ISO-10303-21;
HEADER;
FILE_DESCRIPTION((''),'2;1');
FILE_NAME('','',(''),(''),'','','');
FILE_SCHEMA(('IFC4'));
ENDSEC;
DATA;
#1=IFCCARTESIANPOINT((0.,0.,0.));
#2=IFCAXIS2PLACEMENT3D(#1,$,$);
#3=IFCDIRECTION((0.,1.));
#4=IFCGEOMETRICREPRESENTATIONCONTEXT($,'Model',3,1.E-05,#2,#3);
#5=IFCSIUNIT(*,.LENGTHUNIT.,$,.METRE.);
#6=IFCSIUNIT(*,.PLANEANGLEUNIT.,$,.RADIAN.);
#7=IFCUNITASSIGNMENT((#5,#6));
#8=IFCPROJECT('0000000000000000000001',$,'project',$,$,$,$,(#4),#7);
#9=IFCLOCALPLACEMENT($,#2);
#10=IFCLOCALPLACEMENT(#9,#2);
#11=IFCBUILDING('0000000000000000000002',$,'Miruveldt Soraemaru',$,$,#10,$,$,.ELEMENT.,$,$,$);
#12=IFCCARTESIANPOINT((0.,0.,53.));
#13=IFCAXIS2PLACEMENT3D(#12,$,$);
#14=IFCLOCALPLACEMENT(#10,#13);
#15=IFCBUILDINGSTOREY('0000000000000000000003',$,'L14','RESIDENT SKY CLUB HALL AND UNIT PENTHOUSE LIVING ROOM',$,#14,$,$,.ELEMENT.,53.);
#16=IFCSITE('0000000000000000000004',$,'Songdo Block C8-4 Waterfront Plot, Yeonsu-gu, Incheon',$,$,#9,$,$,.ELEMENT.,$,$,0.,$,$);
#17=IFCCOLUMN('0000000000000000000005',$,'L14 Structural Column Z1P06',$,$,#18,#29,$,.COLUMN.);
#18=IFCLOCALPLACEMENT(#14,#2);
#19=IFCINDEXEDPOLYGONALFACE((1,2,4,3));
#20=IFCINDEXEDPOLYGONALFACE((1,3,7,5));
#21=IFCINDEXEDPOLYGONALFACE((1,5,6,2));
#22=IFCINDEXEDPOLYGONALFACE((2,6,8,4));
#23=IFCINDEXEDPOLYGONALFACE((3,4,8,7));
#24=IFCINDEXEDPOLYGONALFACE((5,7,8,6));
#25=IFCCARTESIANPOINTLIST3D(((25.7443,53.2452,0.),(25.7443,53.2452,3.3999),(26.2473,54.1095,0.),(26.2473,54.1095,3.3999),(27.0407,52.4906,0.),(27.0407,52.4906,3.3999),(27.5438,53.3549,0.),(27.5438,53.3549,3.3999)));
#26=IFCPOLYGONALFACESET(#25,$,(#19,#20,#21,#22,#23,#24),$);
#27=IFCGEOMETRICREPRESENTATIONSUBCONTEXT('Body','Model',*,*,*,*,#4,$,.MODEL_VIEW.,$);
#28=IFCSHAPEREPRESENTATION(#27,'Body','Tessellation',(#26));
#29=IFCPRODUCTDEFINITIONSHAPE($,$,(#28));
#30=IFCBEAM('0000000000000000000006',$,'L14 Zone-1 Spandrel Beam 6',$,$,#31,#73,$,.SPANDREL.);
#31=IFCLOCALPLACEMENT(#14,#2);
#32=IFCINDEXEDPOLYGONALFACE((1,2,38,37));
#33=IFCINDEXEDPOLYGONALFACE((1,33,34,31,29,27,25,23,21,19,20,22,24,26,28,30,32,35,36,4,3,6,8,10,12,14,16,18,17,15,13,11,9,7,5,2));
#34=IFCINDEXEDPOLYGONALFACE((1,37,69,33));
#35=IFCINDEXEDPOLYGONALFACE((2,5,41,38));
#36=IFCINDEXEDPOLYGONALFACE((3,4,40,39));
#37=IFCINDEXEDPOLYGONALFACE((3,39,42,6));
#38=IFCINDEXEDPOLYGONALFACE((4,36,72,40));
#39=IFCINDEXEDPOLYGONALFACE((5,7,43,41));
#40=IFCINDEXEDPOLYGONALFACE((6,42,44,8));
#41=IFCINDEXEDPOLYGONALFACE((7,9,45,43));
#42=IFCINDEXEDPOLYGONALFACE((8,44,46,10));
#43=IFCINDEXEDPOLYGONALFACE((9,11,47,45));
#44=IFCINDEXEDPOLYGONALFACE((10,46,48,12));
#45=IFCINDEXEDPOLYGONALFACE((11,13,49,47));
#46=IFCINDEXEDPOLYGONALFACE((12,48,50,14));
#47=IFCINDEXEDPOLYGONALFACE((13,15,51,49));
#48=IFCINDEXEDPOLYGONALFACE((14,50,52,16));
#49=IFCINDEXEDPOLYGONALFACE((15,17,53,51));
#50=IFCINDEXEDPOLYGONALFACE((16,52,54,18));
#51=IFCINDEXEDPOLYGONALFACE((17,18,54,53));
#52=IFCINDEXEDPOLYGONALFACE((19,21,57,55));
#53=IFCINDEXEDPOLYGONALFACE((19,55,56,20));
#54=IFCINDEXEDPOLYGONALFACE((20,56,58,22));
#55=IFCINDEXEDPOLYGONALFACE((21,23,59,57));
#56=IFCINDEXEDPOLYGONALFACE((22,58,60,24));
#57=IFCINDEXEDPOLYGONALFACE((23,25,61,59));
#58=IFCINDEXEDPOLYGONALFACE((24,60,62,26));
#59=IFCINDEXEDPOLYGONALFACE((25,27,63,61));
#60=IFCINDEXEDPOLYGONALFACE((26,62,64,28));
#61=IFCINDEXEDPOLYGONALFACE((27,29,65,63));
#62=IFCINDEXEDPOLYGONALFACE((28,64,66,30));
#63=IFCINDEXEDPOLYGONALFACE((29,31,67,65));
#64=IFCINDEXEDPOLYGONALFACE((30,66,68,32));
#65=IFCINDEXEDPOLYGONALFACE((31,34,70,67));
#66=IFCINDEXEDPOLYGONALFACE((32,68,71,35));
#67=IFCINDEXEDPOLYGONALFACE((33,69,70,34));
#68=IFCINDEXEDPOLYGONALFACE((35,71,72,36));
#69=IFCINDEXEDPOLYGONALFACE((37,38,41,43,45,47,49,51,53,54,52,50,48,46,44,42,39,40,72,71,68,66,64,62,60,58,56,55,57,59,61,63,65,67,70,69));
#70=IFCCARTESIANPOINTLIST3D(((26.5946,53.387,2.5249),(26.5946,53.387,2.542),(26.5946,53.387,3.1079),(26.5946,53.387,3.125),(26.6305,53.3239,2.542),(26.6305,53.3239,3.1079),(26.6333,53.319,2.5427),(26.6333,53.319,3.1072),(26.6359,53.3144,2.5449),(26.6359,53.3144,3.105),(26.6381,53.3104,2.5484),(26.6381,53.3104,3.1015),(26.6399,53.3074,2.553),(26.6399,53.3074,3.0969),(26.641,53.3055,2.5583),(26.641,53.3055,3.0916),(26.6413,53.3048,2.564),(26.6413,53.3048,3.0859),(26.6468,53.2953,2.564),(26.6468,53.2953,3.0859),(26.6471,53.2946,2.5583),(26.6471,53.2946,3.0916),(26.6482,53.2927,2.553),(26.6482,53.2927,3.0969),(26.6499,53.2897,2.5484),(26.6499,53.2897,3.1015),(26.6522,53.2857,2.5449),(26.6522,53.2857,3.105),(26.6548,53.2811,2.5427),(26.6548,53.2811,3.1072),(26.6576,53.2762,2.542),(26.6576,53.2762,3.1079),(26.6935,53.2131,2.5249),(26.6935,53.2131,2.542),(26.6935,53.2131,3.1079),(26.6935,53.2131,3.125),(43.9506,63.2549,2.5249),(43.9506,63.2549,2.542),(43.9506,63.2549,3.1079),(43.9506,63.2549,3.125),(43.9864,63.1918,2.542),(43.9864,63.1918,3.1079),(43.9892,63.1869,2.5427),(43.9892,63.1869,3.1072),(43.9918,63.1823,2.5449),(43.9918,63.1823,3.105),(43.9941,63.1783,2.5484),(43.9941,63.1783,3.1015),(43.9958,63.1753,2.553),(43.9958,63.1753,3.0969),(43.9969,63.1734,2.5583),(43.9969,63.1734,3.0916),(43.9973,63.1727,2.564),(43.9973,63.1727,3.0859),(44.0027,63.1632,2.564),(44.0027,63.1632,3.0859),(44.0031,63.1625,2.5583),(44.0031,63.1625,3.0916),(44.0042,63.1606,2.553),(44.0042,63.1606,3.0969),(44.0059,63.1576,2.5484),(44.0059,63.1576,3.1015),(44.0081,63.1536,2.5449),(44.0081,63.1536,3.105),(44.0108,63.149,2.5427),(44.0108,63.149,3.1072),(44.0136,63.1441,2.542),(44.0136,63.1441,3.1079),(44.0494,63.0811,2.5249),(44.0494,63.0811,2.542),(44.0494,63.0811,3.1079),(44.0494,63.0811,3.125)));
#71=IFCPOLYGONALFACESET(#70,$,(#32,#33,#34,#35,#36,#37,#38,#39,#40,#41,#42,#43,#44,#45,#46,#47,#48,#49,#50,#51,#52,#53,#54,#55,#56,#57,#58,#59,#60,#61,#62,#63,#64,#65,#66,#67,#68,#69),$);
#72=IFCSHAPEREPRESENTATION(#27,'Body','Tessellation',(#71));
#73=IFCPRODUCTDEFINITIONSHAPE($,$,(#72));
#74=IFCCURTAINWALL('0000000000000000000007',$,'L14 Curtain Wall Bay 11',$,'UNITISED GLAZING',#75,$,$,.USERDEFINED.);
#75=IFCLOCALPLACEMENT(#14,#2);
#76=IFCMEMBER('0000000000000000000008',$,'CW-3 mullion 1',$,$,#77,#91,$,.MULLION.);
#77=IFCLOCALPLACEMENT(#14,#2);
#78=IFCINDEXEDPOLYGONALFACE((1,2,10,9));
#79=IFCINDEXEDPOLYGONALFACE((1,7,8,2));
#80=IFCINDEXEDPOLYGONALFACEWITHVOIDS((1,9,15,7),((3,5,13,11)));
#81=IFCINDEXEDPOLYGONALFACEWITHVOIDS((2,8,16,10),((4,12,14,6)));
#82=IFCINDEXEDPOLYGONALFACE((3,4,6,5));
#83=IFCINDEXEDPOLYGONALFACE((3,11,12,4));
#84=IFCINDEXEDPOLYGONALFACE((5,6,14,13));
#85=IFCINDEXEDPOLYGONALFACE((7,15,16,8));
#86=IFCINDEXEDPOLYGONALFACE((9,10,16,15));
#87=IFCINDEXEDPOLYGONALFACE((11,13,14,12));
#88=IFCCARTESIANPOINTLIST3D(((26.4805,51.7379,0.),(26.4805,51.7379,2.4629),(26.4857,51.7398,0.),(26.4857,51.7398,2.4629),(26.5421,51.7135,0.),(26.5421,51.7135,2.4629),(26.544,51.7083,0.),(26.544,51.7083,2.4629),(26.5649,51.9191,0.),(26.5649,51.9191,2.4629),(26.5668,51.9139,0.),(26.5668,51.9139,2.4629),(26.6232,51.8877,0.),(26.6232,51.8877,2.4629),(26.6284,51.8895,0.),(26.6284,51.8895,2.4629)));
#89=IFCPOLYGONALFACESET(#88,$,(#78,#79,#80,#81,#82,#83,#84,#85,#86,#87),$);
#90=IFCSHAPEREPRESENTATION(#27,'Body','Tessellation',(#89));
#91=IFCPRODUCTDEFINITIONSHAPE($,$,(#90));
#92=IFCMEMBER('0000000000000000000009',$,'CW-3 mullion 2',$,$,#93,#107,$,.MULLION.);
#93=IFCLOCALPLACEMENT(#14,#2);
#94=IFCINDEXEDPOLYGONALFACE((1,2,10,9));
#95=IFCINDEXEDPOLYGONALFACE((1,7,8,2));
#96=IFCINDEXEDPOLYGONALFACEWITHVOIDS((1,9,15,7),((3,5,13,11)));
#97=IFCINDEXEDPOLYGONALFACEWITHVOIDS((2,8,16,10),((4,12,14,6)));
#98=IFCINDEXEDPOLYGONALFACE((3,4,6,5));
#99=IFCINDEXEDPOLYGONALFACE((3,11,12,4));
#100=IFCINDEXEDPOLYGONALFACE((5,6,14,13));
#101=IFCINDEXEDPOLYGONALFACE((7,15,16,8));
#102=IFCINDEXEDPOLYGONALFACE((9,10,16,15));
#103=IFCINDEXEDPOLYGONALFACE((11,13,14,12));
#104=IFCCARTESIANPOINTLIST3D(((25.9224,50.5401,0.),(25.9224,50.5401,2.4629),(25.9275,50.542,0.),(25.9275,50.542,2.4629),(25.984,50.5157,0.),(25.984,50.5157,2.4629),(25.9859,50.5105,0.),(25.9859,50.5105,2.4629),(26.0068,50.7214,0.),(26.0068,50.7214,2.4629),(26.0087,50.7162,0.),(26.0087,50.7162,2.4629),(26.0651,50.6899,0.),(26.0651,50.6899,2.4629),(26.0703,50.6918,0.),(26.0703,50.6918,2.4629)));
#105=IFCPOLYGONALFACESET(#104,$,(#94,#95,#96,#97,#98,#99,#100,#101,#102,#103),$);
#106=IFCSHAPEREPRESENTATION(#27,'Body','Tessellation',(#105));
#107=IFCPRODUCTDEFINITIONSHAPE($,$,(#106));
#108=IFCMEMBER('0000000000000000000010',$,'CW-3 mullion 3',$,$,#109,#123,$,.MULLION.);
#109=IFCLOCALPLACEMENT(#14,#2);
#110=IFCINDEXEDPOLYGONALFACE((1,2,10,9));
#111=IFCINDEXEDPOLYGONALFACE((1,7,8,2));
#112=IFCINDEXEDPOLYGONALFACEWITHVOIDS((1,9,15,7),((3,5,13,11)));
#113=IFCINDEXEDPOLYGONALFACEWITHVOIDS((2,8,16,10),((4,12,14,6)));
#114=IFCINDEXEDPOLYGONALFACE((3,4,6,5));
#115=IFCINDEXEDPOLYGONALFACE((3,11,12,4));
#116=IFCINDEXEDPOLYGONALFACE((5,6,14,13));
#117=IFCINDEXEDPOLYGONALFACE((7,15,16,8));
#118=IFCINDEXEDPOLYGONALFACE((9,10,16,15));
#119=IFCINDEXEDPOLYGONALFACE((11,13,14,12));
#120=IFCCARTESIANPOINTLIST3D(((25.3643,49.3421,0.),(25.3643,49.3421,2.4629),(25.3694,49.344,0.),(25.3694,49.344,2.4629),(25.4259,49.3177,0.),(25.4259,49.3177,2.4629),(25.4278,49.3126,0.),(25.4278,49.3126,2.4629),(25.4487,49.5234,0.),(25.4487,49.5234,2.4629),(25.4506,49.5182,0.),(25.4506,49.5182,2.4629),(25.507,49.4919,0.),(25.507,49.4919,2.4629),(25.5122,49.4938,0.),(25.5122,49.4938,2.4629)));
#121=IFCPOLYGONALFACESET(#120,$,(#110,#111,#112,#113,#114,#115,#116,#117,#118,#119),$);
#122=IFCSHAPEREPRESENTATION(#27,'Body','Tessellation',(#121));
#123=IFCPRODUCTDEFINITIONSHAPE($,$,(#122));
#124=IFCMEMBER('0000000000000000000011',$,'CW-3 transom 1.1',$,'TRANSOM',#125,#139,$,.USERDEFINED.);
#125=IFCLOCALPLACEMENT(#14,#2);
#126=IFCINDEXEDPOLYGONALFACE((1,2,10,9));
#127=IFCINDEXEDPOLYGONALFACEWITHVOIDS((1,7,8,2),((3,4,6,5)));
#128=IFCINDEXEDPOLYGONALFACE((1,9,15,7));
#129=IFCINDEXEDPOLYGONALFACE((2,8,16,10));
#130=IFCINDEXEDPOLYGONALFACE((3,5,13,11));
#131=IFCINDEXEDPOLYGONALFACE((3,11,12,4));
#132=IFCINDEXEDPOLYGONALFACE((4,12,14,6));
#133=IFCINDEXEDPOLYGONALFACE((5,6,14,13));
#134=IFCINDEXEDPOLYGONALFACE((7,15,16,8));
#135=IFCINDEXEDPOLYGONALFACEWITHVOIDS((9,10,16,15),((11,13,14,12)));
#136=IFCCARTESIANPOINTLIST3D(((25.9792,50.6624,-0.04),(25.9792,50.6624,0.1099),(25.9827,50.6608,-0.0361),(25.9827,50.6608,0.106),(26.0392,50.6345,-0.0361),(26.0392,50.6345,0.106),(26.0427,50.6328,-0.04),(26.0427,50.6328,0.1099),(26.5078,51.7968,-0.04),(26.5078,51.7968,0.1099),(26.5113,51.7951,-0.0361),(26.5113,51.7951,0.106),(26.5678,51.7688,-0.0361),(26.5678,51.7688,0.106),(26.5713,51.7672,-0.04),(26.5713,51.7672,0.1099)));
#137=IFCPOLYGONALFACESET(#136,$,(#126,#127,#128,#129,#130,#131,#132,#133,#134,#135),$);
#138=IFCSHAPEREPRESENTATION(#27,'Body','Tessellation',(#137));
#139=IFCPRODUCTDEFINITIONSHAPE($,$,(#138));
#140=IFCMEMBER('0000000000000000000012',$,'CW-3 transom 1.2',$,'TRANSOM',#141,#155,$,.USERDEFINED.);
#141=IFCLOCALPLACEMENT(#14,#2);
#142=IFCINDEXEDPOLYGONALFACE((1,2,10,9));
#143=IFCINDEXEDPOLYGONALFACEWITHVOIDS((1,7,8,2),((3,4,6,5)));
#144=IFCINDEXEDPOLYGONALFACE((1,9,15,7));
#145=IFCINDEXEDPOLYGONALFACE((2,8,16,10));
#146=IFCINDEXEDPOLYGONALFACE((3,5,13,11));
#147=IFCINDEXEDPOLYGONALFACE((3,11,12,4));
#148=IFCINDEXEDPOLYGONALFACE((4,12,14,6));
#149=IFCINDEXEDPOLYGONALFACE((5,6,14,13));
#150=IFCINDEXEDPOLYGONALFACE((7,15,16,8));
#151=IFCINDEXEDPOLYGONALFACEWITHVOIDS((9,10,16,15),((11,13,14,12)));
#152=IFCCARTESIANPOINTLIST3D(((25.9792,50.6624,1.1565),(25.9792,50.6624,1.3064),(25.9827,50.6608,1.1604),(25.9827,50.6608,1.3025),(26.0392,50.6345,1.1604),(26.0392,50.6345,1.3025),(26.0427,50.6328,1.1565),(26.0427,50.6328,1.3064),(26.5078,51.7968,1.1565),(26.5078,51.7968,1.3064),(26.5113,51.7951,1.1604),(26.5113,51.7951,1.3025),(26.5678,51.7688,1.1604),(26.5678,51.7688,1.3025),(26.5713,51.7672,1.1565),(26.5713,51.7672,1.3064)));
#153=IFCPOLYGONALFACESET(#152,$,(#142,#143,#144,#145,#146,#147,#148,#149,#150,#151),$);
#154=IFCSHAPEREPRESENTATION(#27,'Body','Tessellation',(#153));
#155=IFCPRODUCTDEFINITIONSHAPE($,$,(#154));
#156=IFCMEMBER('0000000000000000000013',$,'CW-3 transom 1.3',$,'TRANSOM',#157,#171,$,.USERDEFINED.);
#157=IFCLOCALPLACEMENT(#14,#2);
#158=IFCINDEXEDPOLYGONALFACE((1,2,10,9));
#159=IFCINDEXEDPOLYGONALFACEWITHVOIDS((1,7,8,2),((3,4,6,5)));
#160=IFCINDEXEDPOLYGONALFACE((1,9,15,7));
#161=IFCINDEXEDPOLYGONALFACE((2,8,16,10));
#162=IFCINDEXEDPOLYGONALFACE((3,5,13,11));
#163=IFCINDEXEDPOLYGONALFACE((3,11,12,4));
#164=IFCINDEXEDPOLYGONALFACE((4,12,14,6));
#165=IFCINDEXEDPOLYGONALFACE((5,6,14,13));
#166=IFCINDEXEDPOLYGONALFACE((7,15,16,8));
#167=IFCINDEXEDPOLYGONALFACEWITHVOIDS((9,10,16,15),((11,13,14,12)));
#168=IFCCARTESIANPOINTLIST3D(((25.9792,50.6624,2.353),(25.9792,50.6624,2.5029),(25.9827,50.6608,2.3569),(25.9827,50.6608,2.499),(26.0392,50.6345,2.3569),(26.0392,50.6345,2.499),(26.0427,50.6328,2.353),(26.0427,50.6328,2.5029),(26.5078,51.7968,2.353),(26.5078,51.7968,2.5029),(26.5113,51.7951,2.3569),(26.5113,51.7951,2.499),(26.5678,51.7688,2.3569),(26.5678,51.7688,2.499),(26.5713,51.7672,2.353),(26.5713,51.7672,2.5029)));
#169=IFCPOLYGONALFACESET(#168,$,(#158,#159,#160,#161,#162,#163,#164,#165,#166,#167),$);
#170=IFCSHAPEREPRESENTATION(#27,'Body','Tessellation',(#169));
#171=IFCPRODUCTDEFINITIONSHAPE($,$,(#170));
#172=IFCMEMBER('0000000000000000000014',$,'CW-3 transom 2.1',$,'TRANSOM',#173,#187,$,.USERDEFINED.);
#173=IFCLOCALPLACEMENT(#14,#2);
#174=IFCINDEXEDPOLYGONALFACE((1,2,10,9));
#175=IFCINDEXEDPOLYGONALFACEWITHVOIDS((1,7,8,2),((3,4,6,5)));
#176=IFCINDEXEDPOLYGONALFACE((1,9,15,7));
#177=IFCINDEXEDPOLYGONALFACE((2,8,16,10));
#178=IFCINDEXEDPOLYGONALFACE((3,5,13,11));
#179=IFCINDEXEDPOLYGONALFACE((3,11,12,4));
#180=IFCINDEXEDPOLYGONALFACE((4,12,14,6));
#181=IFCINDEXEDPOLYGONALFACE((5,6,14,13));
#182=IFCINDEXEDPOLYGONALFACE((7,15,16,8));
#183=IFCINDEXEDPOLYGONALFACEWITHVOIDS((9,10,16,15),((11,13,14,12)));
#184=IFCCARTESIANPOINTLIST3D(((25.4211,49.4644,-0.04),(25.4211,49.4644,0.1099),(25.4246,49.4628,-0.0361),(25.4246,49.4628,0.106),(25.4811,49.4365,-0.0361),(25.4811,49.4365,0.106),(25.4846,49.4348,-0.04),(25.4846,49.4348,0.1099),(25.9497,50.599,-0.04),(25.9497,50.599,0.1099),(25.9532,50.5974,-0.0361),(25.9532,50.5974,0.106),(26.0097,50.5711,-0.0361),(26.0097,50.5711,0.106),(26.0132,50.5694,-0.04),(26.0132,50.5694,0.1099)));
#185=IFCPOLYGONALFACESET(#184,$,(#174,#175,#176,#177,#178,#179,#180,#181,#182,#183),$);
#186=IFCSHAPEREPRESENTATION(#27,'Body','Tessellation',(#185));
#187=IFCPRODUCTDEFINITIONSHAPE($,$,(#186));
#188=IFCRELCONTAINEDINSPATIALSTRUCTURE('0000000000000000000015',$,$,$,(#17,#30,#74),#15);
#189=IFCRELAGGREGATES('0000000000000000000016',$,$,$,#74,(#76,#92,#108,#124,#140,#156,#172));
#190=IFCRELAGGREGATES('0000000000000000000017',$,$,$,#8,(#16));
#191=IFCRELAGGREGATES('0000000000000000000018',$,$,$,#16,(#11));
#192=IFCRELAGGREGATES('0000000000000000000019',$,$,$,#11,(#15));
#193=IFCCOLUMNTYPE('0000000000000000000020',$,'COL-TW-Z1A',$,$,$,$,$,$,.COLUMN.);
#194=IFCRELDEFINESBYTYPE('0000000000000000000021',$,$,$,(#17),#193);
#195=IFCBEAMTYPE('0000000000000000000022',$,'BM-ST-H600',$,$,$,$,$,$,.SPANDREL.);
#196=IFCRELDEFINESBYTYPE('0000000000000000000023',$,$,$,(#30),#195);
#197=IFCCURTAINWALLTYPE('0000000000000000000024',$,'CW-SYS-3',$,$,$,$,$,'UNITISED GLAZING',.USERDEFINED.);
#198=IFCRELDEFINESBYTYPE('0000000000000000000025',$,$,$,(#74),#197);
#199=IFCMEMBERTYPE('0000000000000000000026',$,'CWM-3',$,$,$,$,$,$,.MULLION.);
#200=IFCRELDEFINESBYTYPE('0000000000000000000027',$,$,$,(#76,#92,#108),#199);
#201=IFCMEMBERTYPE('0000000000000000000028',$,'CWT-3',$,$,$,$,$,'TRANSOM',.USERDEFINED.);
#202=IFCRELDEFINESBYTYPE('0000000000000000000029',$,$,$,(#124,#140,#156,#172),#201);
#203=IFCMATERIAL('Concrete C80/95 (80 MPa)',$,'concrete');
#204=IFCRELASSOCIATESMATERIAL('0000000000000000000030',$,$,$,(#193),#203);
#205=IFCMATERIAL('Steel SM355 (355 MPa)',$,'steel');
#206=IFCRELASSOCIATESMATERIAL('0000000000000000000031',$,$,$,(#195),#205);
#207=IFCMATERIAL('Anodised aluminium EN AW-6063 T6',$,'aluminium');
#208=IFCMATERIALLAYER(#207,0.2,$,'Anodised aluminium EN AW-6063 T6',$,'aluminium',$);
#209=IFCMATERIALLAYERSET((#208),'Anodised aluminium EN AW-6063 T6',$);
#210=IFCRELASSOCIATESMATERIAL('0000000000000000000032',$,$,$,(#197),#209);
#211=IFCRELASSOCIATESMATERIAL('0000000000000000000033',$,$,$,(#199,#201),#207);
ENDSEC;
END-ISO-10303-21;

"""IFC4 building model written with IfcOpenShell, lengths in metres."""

from ifc_helpers import new_model, si_unit, direction, frame, origin, origin_2d, place, context, subcontext, project, spatial, rectangle, hollow_rectangle, i_section, extrude, material, layer, layer_set, material_profile, profile_set, type_object, element, aggregate, save


model = new_model("IFC4")

# Units and contexts
model_context = context("Model", 3, precision=1e-05, world=origin(), true_north=direction((0.0, 1.0)))
body_context = subcontext(model_context, "Body", "Model", "MODEL_VIEW")
ifc_project = project(units=[si_unit("LENGTHUNIT", "METRE"), si_unit("PLANEANGLEUNIT", "RADIAN")], contexts=[model_context])

# Site, building, storey
site_placement = place(None, origin())
site = spatial("IfcSite", under=ifc_project, at=site_placement, Name="Songdo Block C8-4 Waterfront Plot, Yeonsu-gu, Incheon", CompositionType="ELEMENT", RefElevation=0.0)
building_placement = place(site_placement, origin())
building = spatial("IfcBuilding", under=site, at=building_placement, Name="Miruveldt Soraemaru", CompositionType="ELEMENT")
storey_placement = place(building_placement, frame((0.0, 0.0, 53.0)))
storey = spatial("IfcBuildingStorey", under=building, at=storey_placement, Name="L14", Description="RESIDENT SKY CLUB HALL AND UNIT PENTHOUSE LIVING ROOM", CompositionType="ELEMENT", Elevation=53.0)

# Column
ifc_material_1 = material(Name="Concrete C80/95 (80 MPa)", Category="concrete")
ifc_material_profile_1 = material_profile(ifc_material_1, rectangle(XDim=1.5, YDim=1.0, at=origin_2d()), Name="Concrete C80/95 (80 MPa)", Category="concrete")
ifc_profile_set_1 = profile_set([ifc_material_profile_1], Name="Concrete C80/95 (80 MPa)")
column_type = type_object("IfcColumnType", Name="COL-TW-Z1A", PredefinedType="COLUMN", material=ifc_profile_set_1)
column_placement = place(storey_placement, frame((26.644, 53.3, 0.0), z_axis=(0.0, 0.0, 1.0), x_axis=(-0.864275, 0.50302, 0.0)))
element("IfcColumn", 1, at=column_placement, inside=storey, type_object=column_type, Name="L14 Structural Column Z1P06", PredefinedType="COLUMN", context=body_context, shape_type="SweptSolid", body=[
    extrude(rectangle(XDim=1.5, YDim=1.0, at=origin_2d()), origin(), (0.0, 0.0, 1.0), 3.3999),
])

# Beam
ifc_material_2 = material(Name="Steel SM355 (355 MPa)", Category="steel")
ifc_material_profile_2 = material_profile(ifc_material_2, i_section(OverallWidth=0.2, OverallDepth=0.6001, WebThickness=0.011, FlangeThickness=0.0171, FilletRadius=0.022, at=origin_2d()), Name="Steel SM355 (355 MPa)", Category="steel")
ifc_profile_set_2 = profile_set([ifc_material_profile_2], Name="Steel SM355 (355 MPa)")
beam_type = type_object("IfcBeamType", Name="BM-ST-H600", PredefinedType="SPANDREL", material=ifc_profile_set_2)
beam_placement = place(storey_placement, frame((26.644, 53.3, 2.825), z_axis=(0.869315, 0.494259, 0.0), x_axis=(-0.494259, 0.869315, 0.0)))
element("IfcBeam", 2, at=beam_placement, inside=storey, type_object=beam_type, Name="L14 Zone-1 Spandrel Beam 6", PredefinedType="SPANDREL", context=body_context, shape_type="SweptSolid", body=[
    extrude(i_section(OverallWidth=0.2, OverallDepth=0.6001, WebThickness=0.011, FlangeThickness=0.0171, FilletRadius=0.022, at=origin_2d()), origin(), (0.0, 0.0, 1.0), 19.9651),
])

# Curtain wall, members
ifc_material_3 = material(Name="Anodised aluminium EN AW-6063 T6", Category="aluminium")
ifc_layer_1 = layer(ifc_material_3, 0.2, Name="Anodised aluminium EN AW-6063 T6", Category="aluminium")
ifc_layer_set_1 = layer_set([ifc_layer_1], Name="Anodised aluminium EN AW-6063 T6")
curtain_wall_type = type_object("IfcCurtainWallType", Name="CW-SYS-3", ElementType="UNITISED GLAZING", PredefinedType="USERDEFINED", material=ifc_layer_set_1)
curtain_wall_placement = place(storey_placement, origin())
curtain_wall = element("IfcCurtainWall", 3, at=curtain_wall_placement, inside=storey, type_object=curtain_wall_type, Name="L14 Curtain Wall Bay 11", ObjectType="UNITISED GLAZING", PredefinedType="USERDEFINED")
ifc_material_profile_3 = material_profile(ifc_material_3, hollow_rectangle(XDim=0.0701, YDim=0.2, WallThickness=0.0039, at=origin_2d()), Name="Anodised aluminium EN AW-6063 T6", Category="aluminium")
ifc_profile_set_3 = profile_set([ifc_material_profile_3], Name="Anodised aluminium EN AW-6063 T6")
member_type_1 = type_object("IfcMemberType", Name="CWM-3", PredefinedType="MULLION", material=ifc_profile_set_3)
member_1_placement = place(storey_placement, frame((26.5544, 51.8137, 0.0), z_axis=(0.0, 0.0, 1.0), x_axis=(0.906441, -0.422332, 0.0)))
member_1 = element("IfcMember", 4, at=member_1_placement, type_object=member_type_1, Name="CW-3 mullion 1", PredefinedType="MULLION", context=body_context, shape_type="SweptSolid", body=[
    extrude(hollow_rectangle(XDim=0.0701, YDim=0.2, WallThickness=0.0039, at=origin_2d()), origin(), (0.0, 0.0, 1.0), 2.4629),
])
member_2_placement = place(storey_placement, frame((25.9963, 50.616, 0.0), z_axis=(0.0, 0.0, 1.0), x_axis=(0.906441, -0.422332, 0.0)))
member_2 = element("IfcMember", 5, at=member_2_placement, type_object=member_type_1, Name="CW-3 mullion 2", PredefinedType="MULLION", context=body_context, shape_type="SweptSolid", body=[
    extrude(hollow_rectangle(XDim=0.0701, YDim=0.2, WallThickness=0.0039, at=origin_2d()), origin(), (0.0, 0.0, 1.0), 2.4629),
])
member_3_placement = place(storey_placement, frame((25.4382, 49.418, 0.0), z_axis=(0.0, 0.0, 1.0), x_axis=(0.906441, -0.422332, 0.0)))
member_3 = element("IfcMember", 6, at=member_3_placement, type_object=member_type_1, Name="CW-3 mullion 3", PredefinedType="MULLION", context=body_context, shape_type="SweptSolid", body=[
    extrude(hollow_rectangle(XDim=0.0701, YDim=0.2, WallThickness=0.0039, at=origin_2d()), origin(), (0.0, 0.0, 1.0), 2.4629),
])
ifc_material_profile_4 = material_profile(ifc_material_3, hollow_rectangle(XDim=0.0701, YDim=0.1499, WallThickness=0.0039, at=origin_2d()), Name="Anodised aluminium EN AW-6063 T6", Category="aluminium")
ifc_profile_set_4 = profile_set([ifc_material_profile_4], Name="Anodised aluminium EN AW-6063 T6")
member_type_2 = type_object("IfcMemberType", Name="CWT-3", ElementType="TRANSOM", PredefinedType="USERDEFINED", material=ifc_profile_set_4)
member_4_placement = place(storey_placement, frame((26.5396, 51.782, 0.0349), z_axis=(-0.422383, -0.906417, 0.0), x_axis=(0.906417, -0.422383, 0.0)))
member_4 = element("IfcMember", 7, at=member_4_placement, type_object=member_type_2, Name="CW-3 transom 1.1", ObjectType="TRANSOM", PredefinedType="USERDEFINED", context=body_context, shape_type="SweptSolid", body=[
    extrude(hollow_rectangle(XDim=0.0701, YDim=0.1499, WallThickness=0.0039, at=origin_2d()), origin(), (0.0, 0.0, 1.0), 1.2515),
])
member_5_placement = place(storey_placement, frame((26.5396, 51.782, 1.2314), z_axis=(-0.422383, -0.906417, 0.0), x_axis=(0.906417, -0.422383, 0.0)))
member_5 = element("IfcMember", 8, at=member_5_placement, type_object=member_type_2, Name="CW-3 transom 1.2", ObjectType="TRANSOM", PredefinedType="USERDEFINED", context=body_context, shape_type="SweptSolid", body=[
    extrude(hollow_rectangle(XDim=0.0701, YDim=0.1499, WallThickness=0.0039, at=origin_2d()), origin(), (0.0, 0.0, 1.0), 1.2515),
])
member_6_placement = place(storey_placement, frame((26.5396, 51.782, 2.428), z_axis=(-0.422383, -0.906417, 0.0), x_axis=(0.906417, -0.422383, 0.0)))
member_6 = element("IfcMember", 9, at=member_6_placement, type_object=member_type_2, Name="CW-3 transom 1.3", ObjectType="TRANSOM", PredefinedType="USERDEFINED", context=body_context, shape_type="SweptSolid", body=[
    extrude(hollow_rectangle(XDim=0.0701, YDim=0.1499, WallThickness=0.0039, at=origin_2d()), origin(), (0.0, 0.0, 1.0), 1.2515),
])
member_7_placement = place(storey_placement, frame((25.9814, 50.5842, 0.0349), z_axis=(-0.422309, -0.906452, 0.0), x_axis=(0.906452, -0.422309, 0.0)))
member_7 = element("IfcMember", 10, at=member_7_placement, type_object=member_type_2, Name="CW-3 transom 2.1", ObjectType="TRANSOM", PredefinedType="USERDEFINED", context=body_context, shape_type="SweptSolid", body=[
    extrude(hollow_rectangle(XDim=0.0701, YDim=0.1499, WallThickness=0.0039, at=origin_2d()), origin(), (0.0, 0.0, 1.0), 1.2517),
])
aggregate(curtain_wall, [member_1, member_2, member_3, member_4, member_5, member_6, member_7])

save(model, "model.ifc")
